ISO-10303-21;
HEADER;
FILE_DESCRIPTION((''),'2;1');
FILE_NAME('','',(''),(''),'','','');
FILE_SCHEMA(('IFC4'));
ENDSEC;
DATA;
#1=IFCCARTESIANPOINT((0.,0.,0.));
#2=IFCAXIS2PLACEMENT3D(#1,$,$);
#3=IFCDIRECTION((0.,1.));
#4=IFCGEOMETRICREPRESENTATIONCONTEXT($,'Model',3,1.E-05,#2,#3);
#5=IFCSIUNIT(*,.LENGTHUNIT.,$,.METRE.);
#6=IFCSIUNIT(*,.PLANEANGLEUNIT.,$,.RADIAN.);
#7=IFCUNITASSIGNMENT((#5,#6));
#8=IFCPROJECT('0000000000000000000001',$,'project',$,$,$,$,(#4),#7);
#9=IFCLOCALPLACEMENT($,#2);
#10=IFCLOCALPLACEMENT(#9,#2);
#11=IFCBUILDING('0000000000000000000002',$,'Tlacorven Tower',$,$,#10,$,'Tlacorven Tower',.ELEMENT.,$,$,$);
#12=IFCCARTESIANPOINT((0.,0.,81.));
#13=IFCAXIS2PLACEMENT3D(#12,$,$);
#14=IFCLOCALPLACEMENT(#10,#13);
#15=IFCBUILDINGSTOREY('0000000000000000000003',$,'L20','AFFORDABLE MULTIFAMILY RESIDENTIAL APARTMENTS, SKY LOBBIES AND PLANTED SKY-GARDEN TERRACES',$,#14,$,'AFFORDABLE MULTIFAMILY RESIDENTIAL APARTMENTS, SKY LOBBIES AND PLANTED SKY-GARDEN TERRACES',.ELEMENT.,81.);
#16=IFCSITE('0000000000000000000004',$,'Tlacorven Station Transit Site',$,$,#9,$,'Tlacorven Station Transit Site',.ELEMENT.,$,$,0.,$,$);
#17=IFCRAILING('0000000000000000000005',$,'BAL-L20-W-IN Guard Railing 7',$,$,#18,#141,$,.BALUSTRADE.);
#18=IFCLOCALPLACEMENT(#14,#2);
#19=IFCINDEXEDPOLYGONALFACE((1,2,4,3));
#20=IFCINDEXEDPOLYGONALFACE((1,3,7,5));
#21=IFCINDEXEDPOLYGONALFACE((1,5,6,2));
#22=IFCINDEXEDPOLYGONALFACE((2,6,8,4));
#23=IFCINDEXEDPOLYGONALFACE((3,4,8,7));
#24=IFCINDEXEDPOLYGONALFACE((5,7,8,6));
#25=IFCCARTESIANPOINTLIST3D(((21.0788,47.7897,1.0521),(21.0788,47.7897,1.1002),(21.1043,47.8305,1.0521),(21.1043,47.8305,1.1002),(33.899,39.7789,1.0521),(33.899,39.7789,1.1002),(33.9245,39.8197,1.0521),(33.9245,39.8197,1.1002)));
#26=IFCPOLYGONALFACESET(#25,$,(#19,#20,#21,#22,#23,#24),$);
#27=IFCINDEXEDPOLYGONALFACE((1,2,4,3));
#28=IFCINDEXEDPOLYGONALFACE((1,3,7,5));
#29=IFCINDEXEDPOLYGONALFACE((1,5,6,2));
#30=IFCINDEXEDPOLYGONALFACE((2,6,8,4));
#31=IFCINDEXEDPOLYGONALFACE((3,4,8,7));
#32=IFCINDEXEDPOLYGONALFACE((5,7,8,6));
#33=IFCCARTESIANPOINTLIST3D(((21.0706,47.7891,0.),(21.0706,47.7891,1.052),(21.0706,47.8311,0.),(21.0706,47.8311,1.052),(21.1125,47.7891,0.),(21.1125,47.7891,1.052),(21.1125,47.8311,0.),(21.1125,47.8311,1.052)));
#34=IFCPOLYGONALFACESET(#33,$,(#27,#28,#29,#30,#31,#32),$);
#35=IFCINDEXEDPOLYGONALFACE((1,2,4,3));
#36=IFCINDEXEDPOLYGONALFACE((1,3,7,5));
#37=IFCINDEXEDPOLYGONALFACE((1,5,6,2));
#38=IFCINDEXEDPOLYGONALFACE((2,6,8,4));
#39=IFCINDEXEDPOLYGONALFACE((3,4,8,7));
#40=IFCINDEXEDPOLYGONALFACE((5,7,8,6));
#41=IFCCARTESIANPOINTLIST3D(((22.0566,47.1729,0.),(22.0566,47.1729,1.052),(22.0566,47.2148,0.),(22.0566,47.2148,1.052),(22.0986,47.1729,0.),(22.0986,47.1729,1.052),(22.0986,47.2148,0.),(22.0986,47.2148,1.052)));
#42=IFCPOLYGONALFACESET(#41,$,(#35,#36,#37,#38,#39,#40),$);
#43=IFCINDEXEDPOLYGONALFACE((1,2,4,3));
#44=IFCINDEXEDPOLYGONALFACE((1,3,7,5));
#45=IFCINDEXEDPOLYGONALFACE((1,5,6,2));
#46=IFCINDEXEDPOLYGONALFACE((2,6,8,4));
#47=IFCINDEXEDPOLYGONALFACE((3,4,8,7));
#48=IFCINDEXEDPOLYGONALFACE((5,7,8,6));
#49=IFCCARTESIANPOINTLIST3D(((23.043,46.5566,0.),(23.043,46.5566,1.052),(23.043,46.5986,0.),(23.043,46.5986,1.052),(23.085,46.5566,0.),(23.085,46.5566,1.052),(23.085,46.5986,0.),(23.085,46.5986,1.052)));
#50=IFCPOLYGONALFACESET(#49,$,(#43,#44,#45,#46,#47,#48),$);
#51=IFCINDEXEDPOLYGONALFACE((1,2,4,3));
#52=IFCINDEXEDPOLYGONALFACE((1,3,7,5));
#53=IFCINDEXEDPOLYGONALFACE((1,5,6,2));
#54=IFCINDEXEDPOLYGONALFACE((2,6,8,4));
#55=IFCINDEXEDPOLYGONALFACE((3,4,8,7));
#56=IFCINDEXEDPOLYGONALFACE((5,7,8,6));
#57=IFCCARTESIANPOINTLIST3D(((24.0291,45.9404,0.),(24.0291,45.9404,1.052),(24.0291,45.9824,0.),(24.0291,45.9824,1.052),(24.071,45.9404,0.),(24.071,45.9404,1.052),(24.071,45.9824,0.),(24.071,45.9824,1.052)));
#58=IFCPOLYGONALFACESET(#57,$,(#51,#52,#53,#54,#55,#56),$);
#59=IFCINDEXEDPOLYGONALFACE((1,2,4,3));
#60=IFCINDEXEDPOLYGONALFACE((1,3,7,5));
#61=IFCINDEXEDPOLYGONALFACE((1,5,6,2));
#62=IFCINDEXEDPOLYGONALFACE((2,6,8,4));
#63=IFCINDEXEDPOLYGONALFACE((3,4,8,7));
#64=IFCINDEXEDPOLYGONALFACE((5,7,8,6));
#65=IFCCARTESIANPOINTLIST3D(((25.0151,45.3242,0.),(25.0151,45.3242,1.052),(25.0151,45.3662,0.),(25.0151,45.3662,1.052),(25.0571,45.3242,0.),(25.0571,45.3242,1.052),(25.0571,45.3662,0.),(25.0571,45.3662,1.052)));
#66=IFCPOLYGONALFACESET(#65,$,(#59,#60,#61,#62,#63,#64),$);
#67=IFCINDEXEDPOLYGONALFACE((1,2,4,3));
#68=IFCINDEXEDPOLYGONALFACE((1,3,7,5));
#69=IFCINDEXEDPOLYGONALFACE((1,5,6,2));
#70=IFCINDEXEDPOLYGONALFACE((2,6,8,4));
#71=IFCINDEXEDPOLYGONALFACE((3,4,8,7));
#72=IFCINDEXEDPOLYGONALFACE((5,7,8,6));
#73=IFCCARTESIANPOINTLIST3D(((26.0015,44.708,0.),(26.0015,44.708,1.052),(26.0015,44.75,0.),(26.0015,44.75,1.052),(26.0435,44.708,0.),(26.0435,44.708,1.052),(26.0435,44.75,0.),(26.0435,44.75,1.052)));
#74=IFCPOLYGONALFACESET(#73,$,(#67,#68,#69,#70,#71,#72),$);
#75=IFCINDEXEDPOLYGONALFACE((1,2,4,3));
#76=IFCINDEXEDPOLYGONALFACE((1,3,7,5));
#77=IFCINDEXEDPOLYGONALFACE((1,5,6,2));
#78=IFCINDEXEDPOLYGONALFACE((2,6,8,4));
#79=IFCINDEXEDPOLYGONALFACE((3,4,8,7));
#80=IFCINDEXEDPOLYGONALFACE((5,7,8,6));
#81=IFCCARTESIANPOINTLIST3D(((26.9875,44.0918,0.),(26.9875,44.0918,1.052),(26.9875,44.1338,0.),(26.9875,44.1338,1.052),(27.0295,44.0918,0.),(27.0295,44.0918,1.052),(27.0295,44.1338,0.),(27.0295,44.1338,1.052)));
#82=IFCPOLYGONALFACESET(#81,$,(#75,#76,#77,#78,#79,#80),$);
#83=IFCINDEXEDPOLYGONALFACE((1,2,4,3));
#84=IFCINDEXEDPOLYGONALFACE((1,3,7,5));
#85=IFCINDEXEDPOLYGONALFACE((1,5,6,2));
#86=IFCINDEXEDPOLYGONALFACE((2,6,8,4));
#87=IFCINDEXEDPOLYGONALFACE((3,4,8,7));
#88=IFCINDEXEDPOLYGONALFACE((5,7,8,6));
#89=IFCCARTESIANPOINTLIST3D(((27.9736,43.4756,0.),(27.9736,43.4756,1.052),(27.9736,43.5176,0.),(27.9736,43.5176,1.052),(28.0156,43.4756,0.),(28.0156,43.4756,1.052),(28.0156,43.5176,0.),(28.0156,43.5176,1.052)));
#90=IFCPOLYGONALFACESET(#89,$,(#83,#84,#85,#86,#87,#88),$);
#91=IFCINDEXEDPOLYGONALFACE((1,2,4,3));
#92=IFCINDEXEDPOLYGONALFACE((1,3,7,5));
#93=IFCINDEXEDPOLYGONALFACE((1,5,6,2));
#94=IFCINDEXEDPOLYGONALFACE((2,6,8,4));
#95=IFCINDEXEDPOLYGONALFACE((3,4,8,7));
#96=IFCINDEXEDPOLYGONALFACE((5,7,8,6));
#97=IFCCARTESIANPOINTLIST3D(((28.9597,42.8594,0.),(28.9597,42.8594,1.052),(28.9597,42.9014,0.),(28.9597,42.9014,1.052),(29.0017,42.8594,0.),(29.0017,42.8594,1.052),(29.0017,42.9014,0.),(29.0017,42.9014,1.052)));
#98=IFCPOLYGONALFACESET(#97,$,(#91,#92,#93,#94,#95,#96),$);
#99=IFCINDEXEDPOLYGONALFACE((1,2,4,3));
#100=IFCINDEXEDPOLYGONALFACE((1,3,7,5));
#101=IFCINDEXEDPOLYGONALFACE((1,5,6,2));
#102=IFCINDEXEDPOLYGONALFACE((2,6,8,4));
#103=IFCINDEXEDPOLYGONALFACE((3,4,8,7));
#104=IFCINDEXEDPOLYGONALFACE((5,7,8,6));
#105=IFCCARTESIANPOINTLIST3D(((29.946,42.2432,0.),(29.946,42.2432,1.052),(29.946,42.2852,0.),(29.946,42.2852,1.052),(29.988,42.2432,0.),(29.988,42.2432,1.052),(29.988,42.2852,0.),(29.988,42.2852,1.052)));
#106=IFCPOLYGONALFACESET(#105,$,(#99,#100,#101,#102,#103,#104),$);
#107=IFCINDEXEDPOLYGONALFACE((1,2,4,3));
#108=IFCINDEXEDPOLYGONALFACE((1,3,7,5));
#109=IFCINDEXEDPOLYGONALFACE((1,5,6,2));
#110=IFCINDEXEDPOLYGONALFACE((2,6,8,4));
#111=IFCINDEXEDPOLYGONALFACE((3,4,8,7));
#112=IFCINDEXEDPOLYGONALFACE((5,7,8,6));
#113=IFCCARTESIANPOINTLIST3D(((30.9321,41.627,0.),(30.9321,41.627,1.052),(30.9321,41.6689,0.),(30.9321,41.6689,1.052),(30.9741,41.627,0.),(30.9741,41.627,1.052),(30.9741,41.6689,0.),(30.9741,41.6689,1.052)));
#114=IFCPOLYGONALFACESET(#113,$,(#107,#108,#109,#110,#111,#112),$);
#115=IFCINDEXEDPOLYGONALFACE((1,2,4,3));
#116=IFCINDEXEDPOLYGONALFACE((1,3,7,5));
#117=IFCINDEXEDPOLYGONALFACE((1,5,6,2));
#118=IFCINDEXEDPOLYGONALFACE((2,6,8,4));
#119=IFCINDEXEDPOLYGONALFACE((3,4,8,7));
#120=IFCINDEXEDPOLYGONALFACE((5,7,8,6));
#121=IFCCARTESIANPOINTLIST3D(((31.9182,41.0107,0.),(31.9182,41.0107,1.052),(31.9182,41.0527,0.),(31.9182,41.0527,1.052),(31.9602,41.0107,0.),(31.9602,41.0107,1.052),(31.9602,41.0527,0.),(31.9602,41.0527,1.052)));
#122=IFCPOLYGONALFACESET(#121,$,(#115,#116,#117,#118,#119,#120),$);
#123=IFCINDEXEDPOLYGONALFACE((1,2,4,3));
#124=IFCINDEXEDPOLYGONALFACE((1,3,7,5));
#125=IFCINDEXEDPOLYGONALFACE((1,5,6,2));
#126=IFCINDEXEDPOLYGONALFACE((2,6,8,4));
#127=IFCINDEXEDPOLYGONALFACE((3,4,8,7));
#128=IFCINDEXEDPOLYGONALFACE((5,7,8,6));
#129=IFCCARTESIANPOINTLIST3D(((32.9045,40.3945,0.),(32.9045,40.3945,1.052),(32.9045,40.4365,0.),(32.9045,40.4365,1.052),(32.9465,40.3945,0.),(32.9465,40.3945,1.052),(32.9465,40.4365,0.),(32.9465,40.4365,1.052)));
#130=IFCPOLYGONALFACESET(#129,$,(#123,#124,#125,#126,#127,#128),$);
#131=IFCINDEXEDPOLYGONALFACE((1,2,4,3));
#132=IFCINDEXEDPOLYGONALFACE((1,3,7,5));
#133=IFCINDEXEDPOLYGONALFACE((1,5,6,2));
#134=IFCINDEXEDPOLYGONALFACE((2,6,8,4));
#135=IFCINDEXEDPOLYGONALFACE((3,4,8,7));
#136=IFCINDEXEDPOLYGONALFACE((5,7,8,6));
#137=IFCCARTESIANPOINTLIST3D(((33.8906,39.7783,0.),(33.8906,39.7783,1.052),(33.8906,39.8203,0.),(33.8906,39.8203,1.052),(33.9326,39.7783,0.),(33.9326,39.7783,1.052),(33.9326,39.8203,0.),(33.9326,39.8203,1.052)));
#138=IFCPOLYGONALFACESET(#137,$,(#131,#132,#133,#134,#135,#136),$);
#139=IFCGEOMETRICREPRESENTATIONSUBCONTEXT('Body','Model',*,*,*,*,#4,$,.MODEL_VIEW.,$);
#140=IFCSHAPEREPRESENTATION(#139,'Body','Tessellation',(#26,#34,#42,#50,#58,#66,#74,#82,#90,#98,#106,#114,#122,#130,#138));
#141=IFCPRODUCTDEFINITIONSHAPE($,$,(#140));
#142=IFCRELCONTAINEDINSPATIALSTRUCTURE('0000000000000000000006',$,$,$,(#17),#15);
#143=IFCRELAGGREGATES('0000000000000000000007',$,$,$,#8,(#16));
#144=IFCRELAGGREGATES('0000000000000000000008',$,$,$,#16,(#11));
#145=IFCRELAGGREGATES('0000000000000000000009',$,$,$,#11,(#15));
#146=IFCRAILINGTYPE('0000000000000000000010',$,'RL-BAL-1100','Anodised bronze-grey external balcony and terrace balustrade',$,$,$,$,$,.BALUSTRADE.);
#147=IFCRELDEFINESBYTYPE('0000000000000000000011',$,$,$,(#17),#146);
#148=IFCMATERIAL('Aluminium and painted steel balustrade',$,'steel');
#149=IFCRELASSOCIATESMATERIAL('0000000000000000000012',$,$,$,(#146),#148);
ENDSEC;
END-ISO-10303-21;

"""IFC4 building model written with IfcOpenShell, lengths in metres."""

from ifc_helpers import new_model, si_unit, direction, frame, origin, origin_2d, place, context, subcontext, project, spatial, rectangle, extrude, source, transform, mapped, material, type_object, element, save


model = new_model("IFC4")

# Units and contexts
model_context = context("Model", 3, precision=1e-05, world=origin(), true_north=direction((0.0, 1.0)))
body_context = subcontext(model_context, "Body", "Model", "MODEL_VIEW")
ifc_project = project(units=[si_unit("LENGTHUNIT", "METRE"), si_unit("PLANEANGLEUNIT", "RADIAN")], contexts=[model_context])

# Site, building, storey
site_placement = place(None, origin())
site = spatial("IfcSite", under=ifc_project, at=site_placement, Name="Tlacorven Station Transit Site", LongName="Tlacorven Station Transit Site", CompositionType="ELEMENT", RefElevation=0.0)
building_placement = place(site_placement, origin())
building = spatial("IfcBuilding", under=site, at=building_placement, Name="Tlacorven Tower", LongName="Tlacorven Tower", CompositionType="ELEMENT")
storey_placement = place(building_placement, frame((0.0, 0.0, 81.0)))
storey = spatial("IfcBuildingStorey", under=building, at=storey_placement, Name="L20", Description="AFFORDABLE MULTIFAMILY RESIDENTIAL APARTMENTS, SKY LOBBIES AND PLANTED SKY-GARDEN TERRACES", LongName="AFFORDABLE MULTIFAMILY RESIDENTIAL APARTMENTS, SKY LOBBIES AND PLANTED SKY-GARDEN TERRACES", CompositionType="ELEMENT", Elevation=81.0)

# Railing
ifc_material_1 = material(Name="Aluminium and painted steel balustrade", Category="steel")
railing_type = type_object("IfcRailingType", Name="RL-BAL-1100", Description="Anodised bronze-grey external balcony and terrace balustrade", PredefinedType="BALUSTRADE", material=ifc_material_1)
shared_shape_1 = source(origin(), body_context, "Body", "SweptSolid", [
    extrude(rectangle(XDim=0.0481, YDim=0.0481, at=origin_2d()), frame((0.0, 0.0, 1.0762), z_axis=(0.848052, -0.529913, 0.0), x_axis=(0.529913, 0.848052, 0.0)), (0.0, 0.0, 1.0), 15.1172),
    extrude(rectangle(XDim=0.042, YDim=0.042, at=origin_2d()), origin(), (0.0, 0.0, 1.0), 1.052),
    extrude(rectangle(XDim=0.042, YDim=0.042, at=origin_2d()), frame((0.9861, -0.6162, 0.0)), (0.0, 0.0, 1.0), 1.052),
    extrude(rectangle(XDim=0.042, YDim=0.042, at=origin_2d()), frame((1.9724, -1.2324, 0.0)), (0.0, 0.0, 1.0), 1.052),
    extrude(rectangle(XDim=0.042, YDim=0.042, at=origin_2d()), frame((2.9585, -1.8486, 0.0)), (0.0, 0.0, 1.0), 1.052),
    extrude(rectangle(XDim=0.042, YDim=0.042, at=origin_2d()), frame((3.9446, -2.4648, 0.0)), (0.0, 0.0, 1.0), 1.052),
    extrude(rectangle(XDim=0.042, YDim=0.042, at=origin_2d()), frame((4.9309, -3.0811, 0.0)), (0.0, 0.0, 1.0), 1.052),
    extrude(rectangle(XDim=0.042, YDim=0.042, at=origin_2d()), frame((5.917, -3.6973, 0.0)), (0.0, 0.0, 1.0), 1.052),
    extrude(rectangle(XDim=0.042, YDim=0.042, at=origin_2d()), frame((6.9031, -4.3135, 0.0)), (0.0, 0.0, 1.0), 1.052),
    extrude(rectangle(XDim=0.042, YDim=0.042, at=origin_2d()), frame((7.8892, -4.9297, 0.0)), (0.0, 0.0, 1.0), 1.052),
    extrude(rectangle(XDim=0.042, YDim=0.042, at=origin_2d()), frame((8.8755, -5.5459, 0.0)), (0.0, 0.0, 1.0), 1.052),
    extrude(rectangle(XDim=0.042, YDim=0.042, at=origin_2d()), frame((9.8616, -6.1621, 0.0)), (0.0, 0.0, 1.0), 1.052),
    extrude(rectangle(XDim=0.042, YDim=0.042, at=origin_2d()), frame((10.8477, -6.7783, 0.0)), (0.0, 0.0, 1.0), 1.052),
    extrude(rectangle(XDim=0.042, YDim=0.042, at=origin_2d()), frame((11.834, -7.3945, 0.0)), (0.0, 0.0, 1.0), 1.052),
    extrude(rectangle(XDim=0.042, YDim=0.042, at=origin_2d()), frame((12.8201, -8.0107, 0.0)), (0.0, 0.0, 1.0), 1.052),
])
railing_1_placement = place(storey_placement, frame((21.0916, 47.8101, 0.0)))
element("IfcRailing", 1, at=railing_1_placement, inside=storey, type_object=railing_type, Name="BAL-L20-W-IN Guard Railing 7", PredefinedType="BALUSTRADE", context=body_context, shape_type="MappedRepresentation", body=[
    mapped(shared_shape_1, transform((0.0, 0.0, 0.0), scale=1.0)),
])

save(model, "model.ifc")
